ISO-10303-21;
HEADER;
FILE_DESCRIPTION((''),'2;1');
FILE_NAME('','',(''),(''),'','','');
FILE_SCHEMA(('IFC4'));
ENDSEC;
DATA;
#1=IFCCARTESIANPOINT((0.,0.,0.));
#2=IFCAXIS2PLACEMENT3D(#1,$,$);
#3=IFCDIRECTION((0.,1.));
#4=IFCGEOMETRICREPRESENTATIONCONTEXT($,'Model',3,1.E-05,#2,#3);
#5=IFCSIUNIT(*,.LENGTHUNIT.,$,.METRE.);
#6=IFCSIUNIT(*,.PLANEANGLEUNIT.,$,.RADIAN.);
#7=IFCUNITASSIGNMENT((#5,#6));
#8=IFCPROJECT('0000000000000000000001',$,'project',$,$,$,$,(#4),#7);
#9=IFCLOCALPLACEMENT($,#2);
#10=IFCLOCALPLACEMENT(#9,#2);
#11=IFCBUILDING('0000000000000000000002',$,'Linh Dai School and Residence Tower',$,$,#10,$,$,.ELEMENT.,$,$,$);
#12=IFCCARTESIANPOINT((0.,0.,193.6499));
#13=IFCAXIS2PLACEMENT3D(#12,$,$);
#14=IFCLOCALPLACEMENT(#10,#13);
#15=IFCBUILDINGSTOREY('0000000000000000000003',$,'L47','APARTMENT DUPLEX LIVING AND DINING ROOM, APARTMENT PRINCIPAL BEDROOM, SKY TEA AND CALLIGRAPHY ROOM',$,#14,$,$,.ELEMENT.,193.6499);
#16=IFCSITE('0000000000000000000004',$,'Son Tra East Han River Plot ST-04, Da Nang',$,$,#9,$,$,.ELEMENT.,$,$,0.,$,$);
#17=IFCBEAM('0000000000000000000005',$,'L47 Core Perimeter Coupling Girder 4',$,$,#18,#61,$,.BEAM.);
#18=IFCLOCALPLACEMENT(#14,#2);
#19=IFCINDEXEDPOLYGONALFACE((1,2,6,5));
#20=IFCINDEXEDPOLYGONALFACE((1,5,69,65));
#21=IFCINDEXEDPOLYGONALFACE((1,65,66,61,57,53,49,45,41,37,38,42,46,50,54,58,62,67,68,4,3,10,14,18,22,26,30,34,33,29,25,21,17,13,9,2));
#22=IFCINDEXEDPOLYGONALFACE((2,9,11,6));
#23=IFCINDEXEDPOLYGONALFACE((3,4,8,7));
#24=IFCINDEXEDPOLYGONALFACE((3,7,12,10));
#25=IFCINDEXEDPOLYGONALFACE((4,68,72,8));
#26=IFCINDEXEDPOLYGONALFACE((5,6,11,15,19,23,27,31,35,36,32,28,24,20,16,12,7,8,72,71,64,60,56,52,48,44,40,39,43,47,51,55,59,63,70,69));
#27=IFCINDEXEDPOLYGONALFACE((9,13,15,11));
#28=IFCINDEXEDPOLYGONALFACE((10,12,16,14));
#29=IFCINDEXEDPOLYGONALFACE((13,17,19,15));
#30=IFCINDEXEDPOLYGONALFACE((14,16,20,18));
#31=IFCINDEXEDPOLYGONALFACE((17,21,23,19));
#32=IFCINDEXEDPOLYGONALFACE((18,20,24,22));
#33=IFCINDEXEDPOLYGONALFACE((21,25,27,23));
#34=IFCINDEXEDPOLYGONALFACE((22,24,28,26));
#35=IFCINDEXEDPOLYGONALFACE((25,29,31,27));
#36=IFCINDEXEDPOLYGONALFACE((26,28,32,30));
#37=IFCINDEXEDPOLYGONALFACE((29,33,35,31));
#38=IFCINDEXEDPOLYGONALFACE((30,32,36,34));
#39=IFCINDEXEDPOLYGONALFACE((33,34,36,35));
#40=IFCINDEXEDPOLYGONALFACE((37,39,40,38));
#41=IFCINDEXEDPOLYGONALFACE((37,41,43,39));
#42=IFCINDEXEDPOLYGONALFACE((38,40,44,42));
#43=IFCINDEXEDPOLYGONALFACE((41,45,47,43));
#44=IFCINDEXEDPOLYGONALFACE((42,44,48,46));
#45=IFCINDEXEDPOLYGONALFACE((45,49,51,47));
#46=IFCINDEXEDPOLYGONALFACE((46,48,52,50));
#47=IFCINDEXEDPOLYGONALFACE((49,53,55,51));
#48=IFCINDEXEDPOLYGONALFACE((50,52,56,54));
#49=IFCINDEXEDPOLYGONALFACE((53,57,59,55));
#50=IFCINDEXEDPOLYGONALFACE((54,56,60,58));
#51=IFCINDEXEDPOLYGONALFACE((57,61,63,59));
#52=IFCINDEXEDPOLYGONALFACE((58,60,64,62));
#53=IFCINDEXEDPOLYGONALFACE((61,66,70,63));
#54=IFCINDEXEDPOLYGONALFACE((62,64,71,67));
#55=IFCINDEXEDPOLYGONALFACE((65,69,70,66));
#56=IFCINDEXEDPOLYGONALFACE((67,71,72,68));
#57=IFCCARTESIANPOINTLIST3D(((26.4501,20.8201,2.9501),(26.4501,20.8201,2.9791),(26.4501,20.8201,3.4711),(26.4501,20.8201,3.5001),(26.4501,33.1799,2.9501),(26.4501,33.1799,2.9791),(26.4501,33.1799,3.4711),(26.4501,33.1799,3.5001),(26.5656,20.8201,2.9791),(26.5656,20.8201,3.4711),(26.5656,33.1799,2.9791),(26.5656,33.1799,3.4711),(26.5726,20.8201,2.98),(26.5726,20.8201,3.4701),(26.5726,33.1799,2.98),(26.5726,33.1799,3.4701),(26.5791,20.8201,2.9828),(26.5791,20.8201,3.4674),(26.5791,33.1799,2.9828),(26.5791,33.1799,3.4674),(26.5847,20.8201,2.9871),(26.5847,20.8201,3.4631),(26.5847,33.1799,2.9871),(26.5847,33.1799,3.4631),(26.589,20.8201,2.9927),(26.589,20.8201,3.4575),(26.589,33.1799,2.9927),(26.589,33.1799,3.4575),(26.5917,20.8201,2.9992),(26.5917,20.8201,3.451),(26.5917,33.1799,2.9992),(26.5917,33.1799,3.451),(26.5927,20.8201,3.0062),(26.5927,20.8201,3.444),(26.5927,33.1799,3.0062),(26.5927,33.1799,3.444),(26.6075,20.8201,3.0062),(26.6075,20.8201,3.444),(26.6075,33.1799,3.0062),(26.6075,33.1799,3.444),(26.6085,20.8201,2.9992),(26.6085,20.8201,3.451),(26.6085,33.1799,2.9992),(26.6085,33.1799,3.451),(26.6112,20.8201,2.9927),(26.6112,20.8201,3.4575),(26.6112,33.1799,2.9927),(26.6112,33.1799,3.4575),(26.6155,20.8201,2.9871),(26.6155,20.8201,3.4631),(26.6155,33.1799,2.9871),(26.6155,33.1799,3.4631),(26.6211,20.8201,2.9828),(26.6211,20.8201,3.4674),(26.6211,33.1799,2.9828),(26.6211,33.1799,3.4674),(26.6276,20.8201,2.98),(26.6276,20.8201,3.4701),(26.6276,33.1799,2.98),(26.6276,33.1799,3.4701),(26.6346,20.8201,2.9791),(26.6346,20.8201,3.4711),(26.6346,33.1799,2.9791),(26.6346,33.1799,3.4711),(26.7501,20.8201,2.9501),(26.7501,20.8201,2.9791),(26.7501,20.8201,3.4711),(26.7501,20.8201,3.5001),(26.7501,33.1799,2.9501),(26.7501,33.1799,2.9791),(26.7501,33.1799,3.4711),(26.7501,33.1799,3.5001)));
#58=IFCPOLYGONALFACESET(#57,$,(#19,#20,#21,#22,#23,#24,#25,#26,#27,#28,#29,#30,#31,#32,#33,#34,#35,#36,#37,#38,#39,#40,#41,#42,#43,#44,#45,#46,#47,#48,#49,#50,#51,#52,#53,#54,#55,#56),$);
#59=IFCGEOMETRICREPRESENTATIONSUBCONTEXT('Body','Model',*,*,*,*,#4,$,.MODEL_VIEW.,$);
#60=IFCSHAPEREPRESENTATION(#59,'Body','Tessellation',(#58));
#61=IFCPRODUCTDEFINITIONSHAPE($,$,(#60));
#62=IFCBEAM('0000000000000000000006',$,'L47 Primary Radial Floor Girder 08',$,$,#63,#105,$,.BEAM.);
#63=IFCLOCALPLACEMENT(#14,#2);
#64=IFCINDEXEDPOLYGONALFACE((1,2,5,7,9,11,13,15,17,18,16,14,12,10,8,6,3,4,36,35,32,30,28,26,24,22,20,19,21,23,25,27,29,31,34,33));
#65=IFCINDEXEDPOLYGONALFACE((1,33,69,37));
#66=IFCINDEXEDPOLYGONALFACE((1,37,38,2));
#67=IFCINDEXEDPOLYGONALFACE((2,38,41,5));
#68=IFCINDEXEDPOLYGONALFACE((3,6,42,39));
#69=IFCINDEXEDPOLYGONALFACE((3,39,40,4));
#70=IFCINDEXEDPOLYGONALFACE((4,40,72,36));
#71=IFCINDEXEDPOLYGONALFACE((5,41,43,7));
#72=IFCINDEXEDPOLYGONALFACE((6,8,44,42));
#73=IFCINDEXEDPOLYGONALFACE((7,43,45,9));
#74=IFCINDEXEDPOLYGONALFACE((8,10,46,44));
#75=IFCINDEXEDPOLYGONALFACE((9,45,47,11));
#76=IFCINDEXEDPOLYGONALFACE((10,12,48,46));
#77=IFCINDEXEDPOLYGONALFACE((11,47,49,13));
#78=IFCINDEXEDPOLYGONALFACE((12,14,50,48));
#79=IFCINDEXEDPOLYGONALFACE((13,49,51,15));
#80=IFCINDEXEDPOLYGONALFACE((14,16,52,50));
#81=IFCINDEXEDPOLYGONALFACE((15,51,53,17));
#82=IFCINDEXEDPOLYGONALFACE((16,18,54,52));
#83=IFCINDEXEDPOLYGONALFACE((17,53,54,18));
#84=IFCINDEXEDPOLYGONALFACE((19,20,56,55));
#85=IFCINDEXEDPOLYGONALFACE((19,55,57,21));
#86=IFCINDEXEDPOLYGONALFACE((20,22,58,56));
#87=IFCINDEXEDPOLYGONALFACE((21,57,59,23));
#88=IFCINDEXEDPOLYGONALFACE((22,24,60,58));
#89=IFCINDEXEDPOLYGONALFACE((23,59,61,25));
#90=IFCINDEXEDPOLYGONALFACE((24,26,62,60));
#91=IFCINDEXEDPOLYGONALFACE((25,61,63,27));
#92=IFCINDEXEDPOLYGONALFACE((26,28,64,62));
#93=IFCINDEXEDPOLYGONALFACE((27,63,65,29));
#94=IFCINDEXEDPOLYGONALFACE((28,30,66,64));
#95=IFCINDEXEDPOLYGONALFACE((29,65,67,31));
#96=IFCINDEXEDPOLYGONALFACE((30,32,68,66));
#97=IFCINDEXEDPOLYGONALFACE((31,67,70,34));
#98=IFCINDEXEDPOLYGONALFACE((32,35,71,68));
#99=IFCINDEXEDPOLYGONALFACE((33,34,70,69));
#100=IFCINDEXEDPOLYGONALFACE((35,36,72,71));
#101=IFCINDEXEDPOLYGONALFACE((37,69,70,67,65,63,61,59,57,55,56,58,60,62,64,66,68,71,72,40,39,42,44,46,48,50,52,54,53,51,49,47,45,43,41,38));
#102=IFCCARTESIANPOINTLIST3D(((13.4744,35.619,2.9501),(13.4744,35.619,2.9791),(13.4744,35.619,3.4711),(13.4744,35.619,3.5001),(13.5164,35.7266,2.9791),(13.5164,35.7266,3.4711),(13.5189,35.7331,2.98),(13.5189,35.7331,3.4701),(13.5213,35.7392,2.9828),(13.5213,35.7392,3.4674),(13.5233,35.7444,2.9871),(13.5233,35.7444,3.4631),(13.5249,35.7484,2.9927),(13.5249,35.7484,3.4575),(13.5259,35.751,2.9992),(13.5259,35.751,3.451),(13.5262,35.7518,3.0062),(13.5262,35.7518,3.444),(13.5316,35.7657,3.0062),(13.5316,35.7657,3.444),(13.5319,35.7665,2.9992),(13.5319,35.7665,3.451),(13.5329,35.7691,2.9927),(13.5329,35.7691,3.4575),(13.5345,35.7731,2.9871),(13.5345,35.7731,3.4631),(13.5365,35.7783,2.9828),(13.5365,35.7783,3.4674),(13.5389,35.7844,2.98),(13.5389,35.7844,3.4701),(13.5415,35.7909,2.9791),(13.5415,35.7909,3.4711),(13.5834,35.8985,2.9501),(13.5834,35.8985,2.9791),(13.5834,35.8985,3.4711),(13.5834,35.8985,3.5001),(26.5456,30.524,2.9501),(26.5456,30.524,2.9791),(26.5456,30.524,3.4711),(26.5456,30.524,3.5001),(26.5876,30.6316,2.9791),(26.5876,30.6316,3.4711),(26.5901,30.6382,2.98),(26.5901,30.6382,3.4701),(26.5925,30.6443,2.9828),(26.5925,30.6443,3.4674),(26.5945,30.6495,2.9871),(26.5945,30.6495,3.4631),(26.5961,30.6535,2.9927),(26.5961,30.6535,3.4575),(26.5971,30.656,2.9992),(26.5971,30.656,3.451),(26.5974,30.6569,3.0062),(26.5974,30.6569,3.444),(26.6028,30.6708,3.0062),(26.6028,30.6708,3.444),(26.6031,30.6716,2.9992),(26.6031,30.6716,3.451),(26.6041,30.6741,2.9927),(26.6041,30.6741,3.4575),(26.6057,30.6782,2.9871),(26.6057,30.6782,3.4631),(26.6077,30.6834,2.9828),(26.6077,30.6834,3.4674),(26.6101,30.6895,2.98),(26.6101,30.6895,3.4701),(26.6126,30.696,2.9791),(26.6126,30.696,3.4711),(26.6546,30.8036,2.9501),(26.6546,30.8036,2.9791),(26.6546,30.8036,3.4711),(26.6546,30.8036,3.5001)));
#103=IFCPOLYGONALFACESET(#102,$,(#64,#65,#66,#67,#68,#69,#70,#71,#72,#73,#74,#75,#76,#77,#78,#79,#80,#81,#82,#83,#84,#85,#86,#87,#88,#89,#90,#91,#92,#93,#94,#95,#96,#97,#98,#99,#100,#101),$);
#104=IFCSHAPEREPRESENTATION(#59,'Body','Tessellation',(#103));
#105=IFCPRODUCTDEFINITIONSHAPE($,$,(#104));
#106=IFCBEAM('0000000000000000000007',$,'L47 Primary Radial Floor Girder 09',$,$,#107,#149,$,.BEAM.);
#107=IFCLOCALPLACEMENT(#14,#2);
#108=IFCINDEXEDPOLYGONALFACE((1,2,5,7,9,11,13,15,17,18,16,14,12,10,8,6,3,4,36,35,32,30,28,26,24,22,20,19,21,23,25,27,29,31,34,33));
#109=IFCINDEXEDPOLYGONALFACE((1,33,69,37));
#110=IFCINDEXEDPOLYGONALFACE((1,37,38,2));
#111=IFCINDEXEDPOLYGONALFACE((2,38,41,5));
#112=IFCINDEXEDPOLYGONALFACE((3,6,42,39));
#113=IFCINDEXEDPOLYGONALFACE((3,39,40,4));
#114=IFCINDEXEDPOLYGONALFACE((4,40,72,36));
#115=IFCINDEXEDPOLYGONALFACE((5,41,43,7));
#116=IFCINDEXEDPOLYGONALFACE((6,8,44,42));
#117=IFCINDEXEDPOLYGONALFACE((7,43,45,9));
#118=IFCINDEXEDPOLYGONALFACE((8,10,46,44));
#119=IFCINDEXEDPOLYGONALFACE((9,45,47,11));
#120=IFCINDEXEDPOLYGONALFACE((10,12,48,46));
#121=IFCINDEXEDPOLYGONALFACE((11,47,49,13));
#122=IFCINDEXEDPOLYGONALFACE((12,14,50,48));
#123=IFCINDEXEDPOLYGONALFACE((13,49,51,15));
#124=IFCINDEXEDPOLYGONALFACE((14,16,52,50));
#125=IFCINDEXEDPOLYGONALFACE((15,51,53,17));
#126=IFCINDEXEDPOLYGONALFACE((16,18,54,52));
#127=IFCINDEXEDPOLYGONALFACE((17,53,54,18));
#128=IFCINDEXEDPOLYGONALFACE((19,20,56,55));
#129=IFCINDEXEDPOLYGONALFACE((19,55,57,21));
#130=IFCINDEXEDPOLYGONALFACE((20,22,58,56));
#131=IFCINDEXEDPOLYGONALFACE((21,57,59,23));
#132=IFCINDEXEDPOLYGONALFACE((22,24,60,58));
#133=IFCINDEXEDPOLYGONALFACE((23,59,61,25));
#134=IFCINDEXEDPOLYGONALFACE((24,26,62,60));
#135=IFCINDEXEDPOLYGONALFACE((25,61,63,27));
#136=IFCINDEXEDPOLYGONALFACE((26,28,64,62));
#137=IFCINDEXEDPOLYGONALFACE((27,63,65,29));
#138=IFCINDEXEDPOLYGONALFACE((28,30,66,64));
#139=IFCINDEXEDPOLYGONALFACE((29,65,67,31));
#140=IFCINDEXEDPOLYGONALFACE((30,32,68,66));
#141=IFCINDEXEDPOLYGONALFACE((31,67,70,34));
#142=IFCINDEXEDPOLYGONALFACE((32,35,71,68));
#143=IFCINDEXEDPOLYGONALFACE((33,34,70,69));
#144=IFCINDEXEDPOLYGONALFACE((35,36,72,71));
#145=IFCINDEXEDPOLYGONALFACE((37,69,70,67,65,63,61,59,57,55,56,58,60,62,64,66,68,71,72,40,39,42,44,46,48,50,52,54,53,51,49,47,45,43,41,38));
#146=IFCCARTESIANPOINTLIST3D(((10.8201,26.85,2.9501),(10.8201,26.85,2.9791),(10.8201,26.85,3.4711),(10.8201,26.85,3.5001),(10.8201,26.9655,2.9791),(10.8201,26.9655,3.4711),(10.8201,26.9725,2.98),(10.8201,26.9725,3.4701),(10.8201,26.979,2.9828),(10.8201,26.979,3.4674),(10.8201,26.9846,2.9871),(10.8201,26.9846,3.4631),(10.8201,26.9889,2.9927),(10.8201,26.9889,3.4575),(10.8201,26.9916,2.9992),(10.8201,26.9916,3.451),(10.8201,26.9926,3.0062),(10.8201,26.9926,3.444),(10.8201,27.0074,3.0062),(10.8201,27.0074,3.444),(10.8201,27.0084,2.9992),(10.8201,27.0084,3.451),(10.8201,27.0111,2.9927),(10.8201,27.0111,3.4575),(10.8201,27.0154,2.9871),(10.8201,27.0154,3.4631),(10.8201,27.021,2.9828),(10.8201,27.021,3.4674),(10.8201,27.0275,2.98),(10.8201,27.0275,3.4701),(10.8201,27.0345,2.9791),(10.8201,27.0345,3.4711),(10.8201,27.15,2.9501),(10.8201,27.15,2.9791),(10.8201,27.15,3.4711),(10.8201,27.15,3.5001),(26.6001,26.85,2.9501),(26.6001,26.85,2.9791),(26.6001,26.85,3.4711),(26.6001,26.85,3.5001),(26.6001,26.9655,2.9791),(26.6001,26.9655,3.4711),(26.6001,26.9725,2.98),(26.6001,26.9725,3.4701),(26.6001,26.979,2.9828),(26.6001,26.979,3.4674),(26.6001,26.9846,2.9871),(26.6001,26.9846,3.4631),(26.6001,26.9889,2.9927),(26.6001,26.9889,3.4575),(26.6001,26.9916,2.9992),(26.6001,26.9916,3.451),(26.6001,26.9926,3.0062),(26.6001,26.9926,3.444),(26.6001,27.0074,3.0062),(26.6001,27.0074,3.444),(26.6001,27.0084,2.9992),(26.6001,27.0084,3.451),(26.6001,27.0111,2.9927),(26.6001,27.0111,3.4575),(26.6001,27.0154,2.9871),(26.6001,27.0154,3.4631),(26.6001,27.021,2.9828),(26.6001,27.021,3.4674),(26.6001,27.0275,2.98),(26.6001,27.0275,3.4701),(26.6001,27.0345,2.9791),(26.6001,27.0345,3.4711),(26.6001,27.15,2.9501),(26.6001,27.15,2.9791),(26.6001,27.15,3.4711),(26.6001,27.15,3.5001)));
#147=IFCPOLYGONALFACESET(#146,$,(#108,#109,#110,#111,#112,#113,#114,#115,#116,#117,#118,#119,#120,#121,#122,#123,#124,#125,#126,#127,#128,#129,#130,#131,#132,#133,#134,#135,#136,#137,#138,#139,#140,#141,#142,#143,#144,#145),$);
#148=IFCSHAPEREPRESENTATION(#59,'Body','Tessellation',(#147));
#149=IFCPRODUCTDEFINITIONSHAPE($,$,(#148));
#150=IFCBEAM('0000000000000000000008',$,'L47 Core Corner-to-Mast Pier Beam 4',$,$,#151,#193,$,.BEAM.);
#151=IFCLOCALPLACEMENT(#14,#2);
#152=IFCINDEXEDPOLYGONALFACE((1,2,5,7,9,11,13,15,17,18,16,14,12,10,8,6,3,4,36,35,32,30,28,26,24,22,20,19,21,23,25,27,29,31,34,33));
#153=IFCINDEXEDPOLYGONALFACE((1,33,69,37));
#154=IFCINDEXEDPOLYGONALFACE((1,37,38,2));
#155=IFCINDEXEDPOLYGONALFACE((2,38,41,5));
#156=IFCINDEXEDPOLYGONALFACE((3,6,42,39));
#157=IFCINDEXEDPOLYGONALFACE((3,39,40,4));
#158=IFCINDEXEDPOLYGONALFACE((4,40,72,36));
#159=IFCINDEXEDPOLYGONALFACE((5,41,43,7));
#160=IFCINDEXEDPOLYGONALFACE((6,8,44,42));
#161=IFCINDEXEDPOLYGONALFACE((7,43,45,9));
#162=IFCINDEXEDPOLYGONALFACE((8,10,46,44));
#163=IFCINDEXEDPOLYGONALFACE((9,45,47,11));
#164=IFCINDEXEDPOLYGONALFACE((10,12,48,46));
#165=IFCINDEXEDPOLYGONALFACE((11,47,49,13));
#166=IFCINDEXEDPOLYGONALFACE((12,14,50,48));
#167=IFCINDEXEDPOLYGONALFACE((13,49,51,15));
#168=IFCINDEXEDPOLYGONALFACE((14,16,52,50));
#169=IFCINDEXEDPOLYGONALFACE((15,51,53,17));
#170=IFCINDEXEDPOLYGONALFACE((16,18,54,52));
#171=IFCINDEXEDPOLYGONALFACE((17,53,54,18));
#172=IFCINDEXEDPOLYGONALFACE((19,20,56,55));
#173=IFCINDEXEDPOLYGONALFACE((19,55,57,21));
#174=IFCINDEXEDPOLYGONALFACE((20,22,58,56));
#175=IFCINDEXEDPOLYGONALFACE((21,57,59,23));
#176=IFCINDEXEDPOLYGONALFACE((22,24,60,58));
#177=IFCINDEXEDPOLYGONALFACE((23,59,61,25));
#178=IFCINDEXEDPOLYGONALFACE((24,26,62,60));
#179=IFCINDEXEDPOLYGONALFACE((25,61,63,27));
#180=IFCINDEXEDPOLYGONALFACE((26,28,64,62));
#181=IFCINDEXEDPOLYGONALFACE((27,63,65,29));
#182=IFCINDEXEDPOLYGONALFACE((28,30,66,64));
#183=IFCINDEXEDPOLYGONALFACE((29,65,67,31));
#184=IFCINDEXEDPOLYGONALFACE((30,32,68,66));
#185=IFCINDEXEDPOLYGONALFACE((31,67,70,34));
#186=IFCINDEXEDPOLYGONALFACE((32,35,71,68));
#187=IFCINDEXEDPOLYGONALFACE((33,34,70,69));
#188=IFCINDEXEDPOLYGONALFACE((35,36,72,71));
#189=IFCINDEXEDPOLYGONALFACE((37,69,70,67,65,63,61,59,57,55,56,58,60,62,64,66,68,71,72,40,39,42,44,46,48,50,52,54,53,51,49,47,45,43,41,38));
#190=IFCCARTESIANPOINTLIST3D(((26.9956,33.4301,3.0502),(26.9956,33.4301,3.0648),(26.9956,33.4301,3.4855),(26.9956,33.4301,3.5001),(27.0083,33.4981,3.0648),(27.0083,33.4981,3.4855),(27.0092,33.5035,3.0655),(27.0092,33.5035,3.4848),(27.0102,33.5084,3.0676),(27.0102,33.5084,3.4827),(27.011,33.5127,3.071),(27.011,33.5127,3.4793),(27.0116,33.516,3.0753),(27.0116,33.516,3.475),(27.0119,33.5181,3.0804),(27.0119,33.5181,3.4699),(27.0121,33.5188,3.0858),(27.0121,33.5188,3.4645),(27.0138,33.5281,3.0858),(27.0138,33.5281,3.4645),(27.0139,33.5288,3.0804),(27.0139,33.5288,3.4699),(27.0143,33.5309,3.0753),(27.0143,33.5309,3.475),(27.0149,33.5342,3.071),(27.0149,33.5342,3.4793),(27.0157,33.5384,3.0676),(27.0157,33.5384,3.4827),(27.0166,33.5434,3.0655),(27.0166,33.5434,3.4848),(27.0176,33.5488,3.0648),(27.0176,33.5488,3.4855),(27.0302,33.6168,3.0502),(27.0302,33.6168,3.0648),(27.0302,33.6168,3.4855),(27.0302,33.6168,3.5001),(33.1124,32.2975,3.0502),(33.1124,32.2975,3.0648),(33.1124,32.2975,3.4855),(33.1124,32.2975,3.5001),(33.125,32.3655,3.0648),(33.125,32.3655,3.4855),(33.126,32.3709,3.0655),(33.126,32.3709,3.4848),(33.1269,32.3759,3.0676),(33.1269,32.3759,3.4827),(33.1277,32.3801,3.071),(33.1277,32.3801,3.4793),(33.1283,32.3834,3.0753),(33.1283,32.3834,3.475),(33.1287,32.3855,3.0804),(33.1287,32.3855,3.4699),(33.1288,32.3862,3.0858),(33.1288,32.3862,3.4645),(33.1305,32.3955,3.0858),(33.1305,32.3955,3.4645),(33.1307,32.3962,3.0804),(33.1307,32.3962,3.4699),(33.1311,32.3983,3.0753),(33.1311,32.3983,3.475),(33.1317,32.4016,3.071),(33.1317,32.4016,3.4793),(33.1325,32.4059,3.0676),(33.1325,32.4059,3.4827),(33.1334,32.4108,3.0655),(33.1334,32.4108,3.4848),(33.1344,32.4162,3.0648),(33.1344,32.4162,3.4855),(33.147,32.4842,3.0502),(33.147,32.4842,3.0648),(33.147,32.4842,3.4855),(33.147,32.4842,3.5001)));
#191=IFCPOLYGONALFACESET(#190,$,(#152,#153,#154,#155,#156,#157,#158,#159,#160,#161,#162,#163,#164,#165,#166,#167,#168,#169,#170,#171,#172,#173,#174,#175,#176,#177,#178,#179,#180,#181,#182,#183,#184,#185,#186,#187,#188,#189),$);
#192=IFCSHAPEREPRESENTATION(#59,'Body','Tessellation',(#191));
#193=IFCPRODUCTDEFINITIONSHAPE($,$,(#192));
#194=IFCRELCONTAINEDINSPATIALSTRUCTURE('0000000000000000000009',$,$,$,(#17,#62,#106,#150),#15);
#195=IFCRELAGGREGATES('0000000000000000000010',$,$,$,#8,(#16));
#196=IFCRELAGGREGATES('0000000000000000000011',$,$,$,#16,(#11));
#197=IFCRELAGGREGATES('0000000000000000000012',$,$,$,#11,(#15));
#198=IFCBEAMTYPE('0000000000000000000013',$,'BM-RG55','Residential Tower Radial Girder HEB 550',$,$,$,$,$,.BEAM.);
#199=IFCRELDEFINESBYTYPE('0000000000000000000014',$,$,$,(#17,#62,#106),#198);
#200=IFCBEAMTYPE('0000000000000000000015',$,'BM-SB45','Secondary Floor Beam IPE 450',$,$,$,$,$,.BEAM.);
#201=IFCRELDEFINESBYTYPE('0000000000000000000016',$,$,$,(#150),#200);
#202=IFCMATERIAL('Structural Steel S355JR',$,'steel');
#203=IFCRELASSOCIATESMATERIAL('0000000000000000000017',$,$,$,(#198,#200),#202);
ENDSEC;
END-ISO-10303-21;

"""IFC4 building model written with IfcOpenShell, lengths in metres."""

from ifc_helpers import new_model, si_unit, direction, frame, origin, origin_2d, place, context, subcontext, project, spatial, i_section, extrude, material, material_profile, profile_set, type_object, element, save


model = new_model("IFC4")

# Units and contexts
model_context = context("Model", 3, precision=1e-05, world=origin(), true_north=direction((0.0, 1.0)))
body_context = subcontext(model_context, "Body", "Model", "MODEL_VIEW")
ifc_project = project(units=[si_unit("LENGTHUNIT", "METRE"), si_unit("PLANEANGLEUNIT", "RADIAN")], contexts=[model_context])

# Site, building, storey
site_placement = place(None, origin())
site = spatial("IfcSite", under=ifc_project, at=site_placement, Name="Son Tra East Han River Plot ST-04, Da Nang", CompositionType="ELEMENT", RefElevation=0.0)
building_placement = place(site_placement, origin())
building = spatial("IfcBuilding", under=site, at=building_placement, Name="Linh Dai School and Residence Tower", CompositionType="ELEMENT")
storey_placement = place(building_placement, frame((0.0, 0.0, 193.6499)))
storey = spatial("IfcBuildingStorey", under=building, at=storey_placement, Name="L47", Description="APARTMENT DUPLEX LIVING AND DINING ROOM, APARTMENT PRINCIPAL BEDROOM, SKY TEA AND CALLIGRAPHY ROOM", CompositionType="ELEMENT", Elevation=193.6499)

# Shared definitions
ifc_material_1 = material(Name="Structural Steel S355JR", Category="steel")

# Beams
ifc_material_profile_1 = material_profile(ifc_material_1, i_section(OverallWidth=0.3, OverallDepth=0.55, WebThickness=0.0149, FlangeThickness=0.0291, FilletRadius=0.0271, at=origin_2d()), Name="HEB 550")
ifc_profile_set_1 = profile_set([ifc_material_profile_1], Name="Structural Steel S355JR")
beam_type_1 = type_object("IfcBeamType", Name="BM-RG55", Description="Residential Tower Radial Girder HEB 550", PredefinedType="BEAM", material=ifc_profile_set_1)
beam_1_placement = place(storey_placement, frame((26.6001, 33.1799, 3.2251), z_axis=(0.0, -1.0, 0.0), x_axis=(1.0, 0.0, 0.0)))
element("IfcBeam", 1, at=beam_1_placement, inside=storey, type_object=beam_type_1, Name="L47 Core Perimeter Coupling Girder 4", PredefinedType="BEAM", context=body_context, shape_type="SweptSolid", body=[
    extrude(i_section(OverallWidth=0.3, OverallDepth=0.55, WebThickness=0.0149, FlangeThickness=0.0291, FilletRadius=0.0271, at=origin_2d()), origin(), (0.0, 0.0, 1.0), 12.3599),
])
beam_2_placement = place(storey_placement, frame((26.6001, 30.6638, 3.2251), z_axis=(-0.931723, 0.36317, 0.0), x_axis=(-0.36317, -0.931723, 0.0)))
element("IfcBeam", 2, at=beam_2_placement, inside=storey, type_object=beam_type_1, Name="L47 Primary Radial Floor Girder 08", PredefinedType="BEAM", context=body_context, shape_type="SweptSolid", body=[
    extrude(i_section(OverallWidth=0.3, OverallDepth=0.55, WebThickness=0.0149, FlangeThickness=0.0291, FilletRadius=0.0271, at=origin_2d()), origin(), (0.0, 0.0, 1.0), 14.0291),
])
beam_3_placement = place(storey_placement, frame((26.6001, 27.0, 3.2251), z_axis=(-1.0, 0.0, 0.0), x_axis=(0.0, -1.0, 0.0)))
element("IfcBeam", 3, at=beam_3_placement, inside=storey, type_object=beam_type_1, Name="L47 Primary Radial Floor Girder 09", PredefinedType="BEAM", context=body_context, shape_type="SweptSolid", body=[
    extrude(i_section(OverallWidth=0.3, OverallDepth=0.55, WebThickness=0.0149, FlangeThickness=0.0291, FilletRadius=0.0271, at=origin_2d()), origin(), (0.0, 0.0, 1.0), 15.78),
])
ifc_material_profile_2 = material_profile(ifc_material_1, i_section(OverallWidth=0.1899, OverallDepth=0.45, WebThickness=0.0095, FlangeThickness=0.0146, FilletRadius=0.021, at=origin_2d()), Name="IPE 450")
ifc_profile_set_2 = profile_set([ifc_material_profile_2], Name="Structural Steel S355JR")
beam_type_2 = type_object("IfcBeamType", Name="BM-SB45", Description="Secondary Floor Beam IPE 450", PredefinedType="BEAM", material=ifc_profile_set_2)
beam_4_placement = place(storey_placement, frame((27.0129, 33.5234, 3.2751), z_axis=(0.983286, -0.182065, 0.0), x_axis=(0.182065, 0.983286, 0.0)))
element("IfcBeam", 4, at=beam_4_placement, inside=storey, type_object=beam_type_2, Name="L47 Core Corner-to-Mast Pier Beam 4", PredefinedType="BEAM", context=body_context, shape_type="SweptSolid", body=[
    extrude(i_section(OverallWidth=0.1899, OverallDepth=0.45, WebThickness=0.0095, FlangeThickness=0.0146, FilletRadius=0.021, at=origin_2d()), origin(), (0.0, 0.0, 1.0), 6.2207),
])

save(model, "model.ifc")
